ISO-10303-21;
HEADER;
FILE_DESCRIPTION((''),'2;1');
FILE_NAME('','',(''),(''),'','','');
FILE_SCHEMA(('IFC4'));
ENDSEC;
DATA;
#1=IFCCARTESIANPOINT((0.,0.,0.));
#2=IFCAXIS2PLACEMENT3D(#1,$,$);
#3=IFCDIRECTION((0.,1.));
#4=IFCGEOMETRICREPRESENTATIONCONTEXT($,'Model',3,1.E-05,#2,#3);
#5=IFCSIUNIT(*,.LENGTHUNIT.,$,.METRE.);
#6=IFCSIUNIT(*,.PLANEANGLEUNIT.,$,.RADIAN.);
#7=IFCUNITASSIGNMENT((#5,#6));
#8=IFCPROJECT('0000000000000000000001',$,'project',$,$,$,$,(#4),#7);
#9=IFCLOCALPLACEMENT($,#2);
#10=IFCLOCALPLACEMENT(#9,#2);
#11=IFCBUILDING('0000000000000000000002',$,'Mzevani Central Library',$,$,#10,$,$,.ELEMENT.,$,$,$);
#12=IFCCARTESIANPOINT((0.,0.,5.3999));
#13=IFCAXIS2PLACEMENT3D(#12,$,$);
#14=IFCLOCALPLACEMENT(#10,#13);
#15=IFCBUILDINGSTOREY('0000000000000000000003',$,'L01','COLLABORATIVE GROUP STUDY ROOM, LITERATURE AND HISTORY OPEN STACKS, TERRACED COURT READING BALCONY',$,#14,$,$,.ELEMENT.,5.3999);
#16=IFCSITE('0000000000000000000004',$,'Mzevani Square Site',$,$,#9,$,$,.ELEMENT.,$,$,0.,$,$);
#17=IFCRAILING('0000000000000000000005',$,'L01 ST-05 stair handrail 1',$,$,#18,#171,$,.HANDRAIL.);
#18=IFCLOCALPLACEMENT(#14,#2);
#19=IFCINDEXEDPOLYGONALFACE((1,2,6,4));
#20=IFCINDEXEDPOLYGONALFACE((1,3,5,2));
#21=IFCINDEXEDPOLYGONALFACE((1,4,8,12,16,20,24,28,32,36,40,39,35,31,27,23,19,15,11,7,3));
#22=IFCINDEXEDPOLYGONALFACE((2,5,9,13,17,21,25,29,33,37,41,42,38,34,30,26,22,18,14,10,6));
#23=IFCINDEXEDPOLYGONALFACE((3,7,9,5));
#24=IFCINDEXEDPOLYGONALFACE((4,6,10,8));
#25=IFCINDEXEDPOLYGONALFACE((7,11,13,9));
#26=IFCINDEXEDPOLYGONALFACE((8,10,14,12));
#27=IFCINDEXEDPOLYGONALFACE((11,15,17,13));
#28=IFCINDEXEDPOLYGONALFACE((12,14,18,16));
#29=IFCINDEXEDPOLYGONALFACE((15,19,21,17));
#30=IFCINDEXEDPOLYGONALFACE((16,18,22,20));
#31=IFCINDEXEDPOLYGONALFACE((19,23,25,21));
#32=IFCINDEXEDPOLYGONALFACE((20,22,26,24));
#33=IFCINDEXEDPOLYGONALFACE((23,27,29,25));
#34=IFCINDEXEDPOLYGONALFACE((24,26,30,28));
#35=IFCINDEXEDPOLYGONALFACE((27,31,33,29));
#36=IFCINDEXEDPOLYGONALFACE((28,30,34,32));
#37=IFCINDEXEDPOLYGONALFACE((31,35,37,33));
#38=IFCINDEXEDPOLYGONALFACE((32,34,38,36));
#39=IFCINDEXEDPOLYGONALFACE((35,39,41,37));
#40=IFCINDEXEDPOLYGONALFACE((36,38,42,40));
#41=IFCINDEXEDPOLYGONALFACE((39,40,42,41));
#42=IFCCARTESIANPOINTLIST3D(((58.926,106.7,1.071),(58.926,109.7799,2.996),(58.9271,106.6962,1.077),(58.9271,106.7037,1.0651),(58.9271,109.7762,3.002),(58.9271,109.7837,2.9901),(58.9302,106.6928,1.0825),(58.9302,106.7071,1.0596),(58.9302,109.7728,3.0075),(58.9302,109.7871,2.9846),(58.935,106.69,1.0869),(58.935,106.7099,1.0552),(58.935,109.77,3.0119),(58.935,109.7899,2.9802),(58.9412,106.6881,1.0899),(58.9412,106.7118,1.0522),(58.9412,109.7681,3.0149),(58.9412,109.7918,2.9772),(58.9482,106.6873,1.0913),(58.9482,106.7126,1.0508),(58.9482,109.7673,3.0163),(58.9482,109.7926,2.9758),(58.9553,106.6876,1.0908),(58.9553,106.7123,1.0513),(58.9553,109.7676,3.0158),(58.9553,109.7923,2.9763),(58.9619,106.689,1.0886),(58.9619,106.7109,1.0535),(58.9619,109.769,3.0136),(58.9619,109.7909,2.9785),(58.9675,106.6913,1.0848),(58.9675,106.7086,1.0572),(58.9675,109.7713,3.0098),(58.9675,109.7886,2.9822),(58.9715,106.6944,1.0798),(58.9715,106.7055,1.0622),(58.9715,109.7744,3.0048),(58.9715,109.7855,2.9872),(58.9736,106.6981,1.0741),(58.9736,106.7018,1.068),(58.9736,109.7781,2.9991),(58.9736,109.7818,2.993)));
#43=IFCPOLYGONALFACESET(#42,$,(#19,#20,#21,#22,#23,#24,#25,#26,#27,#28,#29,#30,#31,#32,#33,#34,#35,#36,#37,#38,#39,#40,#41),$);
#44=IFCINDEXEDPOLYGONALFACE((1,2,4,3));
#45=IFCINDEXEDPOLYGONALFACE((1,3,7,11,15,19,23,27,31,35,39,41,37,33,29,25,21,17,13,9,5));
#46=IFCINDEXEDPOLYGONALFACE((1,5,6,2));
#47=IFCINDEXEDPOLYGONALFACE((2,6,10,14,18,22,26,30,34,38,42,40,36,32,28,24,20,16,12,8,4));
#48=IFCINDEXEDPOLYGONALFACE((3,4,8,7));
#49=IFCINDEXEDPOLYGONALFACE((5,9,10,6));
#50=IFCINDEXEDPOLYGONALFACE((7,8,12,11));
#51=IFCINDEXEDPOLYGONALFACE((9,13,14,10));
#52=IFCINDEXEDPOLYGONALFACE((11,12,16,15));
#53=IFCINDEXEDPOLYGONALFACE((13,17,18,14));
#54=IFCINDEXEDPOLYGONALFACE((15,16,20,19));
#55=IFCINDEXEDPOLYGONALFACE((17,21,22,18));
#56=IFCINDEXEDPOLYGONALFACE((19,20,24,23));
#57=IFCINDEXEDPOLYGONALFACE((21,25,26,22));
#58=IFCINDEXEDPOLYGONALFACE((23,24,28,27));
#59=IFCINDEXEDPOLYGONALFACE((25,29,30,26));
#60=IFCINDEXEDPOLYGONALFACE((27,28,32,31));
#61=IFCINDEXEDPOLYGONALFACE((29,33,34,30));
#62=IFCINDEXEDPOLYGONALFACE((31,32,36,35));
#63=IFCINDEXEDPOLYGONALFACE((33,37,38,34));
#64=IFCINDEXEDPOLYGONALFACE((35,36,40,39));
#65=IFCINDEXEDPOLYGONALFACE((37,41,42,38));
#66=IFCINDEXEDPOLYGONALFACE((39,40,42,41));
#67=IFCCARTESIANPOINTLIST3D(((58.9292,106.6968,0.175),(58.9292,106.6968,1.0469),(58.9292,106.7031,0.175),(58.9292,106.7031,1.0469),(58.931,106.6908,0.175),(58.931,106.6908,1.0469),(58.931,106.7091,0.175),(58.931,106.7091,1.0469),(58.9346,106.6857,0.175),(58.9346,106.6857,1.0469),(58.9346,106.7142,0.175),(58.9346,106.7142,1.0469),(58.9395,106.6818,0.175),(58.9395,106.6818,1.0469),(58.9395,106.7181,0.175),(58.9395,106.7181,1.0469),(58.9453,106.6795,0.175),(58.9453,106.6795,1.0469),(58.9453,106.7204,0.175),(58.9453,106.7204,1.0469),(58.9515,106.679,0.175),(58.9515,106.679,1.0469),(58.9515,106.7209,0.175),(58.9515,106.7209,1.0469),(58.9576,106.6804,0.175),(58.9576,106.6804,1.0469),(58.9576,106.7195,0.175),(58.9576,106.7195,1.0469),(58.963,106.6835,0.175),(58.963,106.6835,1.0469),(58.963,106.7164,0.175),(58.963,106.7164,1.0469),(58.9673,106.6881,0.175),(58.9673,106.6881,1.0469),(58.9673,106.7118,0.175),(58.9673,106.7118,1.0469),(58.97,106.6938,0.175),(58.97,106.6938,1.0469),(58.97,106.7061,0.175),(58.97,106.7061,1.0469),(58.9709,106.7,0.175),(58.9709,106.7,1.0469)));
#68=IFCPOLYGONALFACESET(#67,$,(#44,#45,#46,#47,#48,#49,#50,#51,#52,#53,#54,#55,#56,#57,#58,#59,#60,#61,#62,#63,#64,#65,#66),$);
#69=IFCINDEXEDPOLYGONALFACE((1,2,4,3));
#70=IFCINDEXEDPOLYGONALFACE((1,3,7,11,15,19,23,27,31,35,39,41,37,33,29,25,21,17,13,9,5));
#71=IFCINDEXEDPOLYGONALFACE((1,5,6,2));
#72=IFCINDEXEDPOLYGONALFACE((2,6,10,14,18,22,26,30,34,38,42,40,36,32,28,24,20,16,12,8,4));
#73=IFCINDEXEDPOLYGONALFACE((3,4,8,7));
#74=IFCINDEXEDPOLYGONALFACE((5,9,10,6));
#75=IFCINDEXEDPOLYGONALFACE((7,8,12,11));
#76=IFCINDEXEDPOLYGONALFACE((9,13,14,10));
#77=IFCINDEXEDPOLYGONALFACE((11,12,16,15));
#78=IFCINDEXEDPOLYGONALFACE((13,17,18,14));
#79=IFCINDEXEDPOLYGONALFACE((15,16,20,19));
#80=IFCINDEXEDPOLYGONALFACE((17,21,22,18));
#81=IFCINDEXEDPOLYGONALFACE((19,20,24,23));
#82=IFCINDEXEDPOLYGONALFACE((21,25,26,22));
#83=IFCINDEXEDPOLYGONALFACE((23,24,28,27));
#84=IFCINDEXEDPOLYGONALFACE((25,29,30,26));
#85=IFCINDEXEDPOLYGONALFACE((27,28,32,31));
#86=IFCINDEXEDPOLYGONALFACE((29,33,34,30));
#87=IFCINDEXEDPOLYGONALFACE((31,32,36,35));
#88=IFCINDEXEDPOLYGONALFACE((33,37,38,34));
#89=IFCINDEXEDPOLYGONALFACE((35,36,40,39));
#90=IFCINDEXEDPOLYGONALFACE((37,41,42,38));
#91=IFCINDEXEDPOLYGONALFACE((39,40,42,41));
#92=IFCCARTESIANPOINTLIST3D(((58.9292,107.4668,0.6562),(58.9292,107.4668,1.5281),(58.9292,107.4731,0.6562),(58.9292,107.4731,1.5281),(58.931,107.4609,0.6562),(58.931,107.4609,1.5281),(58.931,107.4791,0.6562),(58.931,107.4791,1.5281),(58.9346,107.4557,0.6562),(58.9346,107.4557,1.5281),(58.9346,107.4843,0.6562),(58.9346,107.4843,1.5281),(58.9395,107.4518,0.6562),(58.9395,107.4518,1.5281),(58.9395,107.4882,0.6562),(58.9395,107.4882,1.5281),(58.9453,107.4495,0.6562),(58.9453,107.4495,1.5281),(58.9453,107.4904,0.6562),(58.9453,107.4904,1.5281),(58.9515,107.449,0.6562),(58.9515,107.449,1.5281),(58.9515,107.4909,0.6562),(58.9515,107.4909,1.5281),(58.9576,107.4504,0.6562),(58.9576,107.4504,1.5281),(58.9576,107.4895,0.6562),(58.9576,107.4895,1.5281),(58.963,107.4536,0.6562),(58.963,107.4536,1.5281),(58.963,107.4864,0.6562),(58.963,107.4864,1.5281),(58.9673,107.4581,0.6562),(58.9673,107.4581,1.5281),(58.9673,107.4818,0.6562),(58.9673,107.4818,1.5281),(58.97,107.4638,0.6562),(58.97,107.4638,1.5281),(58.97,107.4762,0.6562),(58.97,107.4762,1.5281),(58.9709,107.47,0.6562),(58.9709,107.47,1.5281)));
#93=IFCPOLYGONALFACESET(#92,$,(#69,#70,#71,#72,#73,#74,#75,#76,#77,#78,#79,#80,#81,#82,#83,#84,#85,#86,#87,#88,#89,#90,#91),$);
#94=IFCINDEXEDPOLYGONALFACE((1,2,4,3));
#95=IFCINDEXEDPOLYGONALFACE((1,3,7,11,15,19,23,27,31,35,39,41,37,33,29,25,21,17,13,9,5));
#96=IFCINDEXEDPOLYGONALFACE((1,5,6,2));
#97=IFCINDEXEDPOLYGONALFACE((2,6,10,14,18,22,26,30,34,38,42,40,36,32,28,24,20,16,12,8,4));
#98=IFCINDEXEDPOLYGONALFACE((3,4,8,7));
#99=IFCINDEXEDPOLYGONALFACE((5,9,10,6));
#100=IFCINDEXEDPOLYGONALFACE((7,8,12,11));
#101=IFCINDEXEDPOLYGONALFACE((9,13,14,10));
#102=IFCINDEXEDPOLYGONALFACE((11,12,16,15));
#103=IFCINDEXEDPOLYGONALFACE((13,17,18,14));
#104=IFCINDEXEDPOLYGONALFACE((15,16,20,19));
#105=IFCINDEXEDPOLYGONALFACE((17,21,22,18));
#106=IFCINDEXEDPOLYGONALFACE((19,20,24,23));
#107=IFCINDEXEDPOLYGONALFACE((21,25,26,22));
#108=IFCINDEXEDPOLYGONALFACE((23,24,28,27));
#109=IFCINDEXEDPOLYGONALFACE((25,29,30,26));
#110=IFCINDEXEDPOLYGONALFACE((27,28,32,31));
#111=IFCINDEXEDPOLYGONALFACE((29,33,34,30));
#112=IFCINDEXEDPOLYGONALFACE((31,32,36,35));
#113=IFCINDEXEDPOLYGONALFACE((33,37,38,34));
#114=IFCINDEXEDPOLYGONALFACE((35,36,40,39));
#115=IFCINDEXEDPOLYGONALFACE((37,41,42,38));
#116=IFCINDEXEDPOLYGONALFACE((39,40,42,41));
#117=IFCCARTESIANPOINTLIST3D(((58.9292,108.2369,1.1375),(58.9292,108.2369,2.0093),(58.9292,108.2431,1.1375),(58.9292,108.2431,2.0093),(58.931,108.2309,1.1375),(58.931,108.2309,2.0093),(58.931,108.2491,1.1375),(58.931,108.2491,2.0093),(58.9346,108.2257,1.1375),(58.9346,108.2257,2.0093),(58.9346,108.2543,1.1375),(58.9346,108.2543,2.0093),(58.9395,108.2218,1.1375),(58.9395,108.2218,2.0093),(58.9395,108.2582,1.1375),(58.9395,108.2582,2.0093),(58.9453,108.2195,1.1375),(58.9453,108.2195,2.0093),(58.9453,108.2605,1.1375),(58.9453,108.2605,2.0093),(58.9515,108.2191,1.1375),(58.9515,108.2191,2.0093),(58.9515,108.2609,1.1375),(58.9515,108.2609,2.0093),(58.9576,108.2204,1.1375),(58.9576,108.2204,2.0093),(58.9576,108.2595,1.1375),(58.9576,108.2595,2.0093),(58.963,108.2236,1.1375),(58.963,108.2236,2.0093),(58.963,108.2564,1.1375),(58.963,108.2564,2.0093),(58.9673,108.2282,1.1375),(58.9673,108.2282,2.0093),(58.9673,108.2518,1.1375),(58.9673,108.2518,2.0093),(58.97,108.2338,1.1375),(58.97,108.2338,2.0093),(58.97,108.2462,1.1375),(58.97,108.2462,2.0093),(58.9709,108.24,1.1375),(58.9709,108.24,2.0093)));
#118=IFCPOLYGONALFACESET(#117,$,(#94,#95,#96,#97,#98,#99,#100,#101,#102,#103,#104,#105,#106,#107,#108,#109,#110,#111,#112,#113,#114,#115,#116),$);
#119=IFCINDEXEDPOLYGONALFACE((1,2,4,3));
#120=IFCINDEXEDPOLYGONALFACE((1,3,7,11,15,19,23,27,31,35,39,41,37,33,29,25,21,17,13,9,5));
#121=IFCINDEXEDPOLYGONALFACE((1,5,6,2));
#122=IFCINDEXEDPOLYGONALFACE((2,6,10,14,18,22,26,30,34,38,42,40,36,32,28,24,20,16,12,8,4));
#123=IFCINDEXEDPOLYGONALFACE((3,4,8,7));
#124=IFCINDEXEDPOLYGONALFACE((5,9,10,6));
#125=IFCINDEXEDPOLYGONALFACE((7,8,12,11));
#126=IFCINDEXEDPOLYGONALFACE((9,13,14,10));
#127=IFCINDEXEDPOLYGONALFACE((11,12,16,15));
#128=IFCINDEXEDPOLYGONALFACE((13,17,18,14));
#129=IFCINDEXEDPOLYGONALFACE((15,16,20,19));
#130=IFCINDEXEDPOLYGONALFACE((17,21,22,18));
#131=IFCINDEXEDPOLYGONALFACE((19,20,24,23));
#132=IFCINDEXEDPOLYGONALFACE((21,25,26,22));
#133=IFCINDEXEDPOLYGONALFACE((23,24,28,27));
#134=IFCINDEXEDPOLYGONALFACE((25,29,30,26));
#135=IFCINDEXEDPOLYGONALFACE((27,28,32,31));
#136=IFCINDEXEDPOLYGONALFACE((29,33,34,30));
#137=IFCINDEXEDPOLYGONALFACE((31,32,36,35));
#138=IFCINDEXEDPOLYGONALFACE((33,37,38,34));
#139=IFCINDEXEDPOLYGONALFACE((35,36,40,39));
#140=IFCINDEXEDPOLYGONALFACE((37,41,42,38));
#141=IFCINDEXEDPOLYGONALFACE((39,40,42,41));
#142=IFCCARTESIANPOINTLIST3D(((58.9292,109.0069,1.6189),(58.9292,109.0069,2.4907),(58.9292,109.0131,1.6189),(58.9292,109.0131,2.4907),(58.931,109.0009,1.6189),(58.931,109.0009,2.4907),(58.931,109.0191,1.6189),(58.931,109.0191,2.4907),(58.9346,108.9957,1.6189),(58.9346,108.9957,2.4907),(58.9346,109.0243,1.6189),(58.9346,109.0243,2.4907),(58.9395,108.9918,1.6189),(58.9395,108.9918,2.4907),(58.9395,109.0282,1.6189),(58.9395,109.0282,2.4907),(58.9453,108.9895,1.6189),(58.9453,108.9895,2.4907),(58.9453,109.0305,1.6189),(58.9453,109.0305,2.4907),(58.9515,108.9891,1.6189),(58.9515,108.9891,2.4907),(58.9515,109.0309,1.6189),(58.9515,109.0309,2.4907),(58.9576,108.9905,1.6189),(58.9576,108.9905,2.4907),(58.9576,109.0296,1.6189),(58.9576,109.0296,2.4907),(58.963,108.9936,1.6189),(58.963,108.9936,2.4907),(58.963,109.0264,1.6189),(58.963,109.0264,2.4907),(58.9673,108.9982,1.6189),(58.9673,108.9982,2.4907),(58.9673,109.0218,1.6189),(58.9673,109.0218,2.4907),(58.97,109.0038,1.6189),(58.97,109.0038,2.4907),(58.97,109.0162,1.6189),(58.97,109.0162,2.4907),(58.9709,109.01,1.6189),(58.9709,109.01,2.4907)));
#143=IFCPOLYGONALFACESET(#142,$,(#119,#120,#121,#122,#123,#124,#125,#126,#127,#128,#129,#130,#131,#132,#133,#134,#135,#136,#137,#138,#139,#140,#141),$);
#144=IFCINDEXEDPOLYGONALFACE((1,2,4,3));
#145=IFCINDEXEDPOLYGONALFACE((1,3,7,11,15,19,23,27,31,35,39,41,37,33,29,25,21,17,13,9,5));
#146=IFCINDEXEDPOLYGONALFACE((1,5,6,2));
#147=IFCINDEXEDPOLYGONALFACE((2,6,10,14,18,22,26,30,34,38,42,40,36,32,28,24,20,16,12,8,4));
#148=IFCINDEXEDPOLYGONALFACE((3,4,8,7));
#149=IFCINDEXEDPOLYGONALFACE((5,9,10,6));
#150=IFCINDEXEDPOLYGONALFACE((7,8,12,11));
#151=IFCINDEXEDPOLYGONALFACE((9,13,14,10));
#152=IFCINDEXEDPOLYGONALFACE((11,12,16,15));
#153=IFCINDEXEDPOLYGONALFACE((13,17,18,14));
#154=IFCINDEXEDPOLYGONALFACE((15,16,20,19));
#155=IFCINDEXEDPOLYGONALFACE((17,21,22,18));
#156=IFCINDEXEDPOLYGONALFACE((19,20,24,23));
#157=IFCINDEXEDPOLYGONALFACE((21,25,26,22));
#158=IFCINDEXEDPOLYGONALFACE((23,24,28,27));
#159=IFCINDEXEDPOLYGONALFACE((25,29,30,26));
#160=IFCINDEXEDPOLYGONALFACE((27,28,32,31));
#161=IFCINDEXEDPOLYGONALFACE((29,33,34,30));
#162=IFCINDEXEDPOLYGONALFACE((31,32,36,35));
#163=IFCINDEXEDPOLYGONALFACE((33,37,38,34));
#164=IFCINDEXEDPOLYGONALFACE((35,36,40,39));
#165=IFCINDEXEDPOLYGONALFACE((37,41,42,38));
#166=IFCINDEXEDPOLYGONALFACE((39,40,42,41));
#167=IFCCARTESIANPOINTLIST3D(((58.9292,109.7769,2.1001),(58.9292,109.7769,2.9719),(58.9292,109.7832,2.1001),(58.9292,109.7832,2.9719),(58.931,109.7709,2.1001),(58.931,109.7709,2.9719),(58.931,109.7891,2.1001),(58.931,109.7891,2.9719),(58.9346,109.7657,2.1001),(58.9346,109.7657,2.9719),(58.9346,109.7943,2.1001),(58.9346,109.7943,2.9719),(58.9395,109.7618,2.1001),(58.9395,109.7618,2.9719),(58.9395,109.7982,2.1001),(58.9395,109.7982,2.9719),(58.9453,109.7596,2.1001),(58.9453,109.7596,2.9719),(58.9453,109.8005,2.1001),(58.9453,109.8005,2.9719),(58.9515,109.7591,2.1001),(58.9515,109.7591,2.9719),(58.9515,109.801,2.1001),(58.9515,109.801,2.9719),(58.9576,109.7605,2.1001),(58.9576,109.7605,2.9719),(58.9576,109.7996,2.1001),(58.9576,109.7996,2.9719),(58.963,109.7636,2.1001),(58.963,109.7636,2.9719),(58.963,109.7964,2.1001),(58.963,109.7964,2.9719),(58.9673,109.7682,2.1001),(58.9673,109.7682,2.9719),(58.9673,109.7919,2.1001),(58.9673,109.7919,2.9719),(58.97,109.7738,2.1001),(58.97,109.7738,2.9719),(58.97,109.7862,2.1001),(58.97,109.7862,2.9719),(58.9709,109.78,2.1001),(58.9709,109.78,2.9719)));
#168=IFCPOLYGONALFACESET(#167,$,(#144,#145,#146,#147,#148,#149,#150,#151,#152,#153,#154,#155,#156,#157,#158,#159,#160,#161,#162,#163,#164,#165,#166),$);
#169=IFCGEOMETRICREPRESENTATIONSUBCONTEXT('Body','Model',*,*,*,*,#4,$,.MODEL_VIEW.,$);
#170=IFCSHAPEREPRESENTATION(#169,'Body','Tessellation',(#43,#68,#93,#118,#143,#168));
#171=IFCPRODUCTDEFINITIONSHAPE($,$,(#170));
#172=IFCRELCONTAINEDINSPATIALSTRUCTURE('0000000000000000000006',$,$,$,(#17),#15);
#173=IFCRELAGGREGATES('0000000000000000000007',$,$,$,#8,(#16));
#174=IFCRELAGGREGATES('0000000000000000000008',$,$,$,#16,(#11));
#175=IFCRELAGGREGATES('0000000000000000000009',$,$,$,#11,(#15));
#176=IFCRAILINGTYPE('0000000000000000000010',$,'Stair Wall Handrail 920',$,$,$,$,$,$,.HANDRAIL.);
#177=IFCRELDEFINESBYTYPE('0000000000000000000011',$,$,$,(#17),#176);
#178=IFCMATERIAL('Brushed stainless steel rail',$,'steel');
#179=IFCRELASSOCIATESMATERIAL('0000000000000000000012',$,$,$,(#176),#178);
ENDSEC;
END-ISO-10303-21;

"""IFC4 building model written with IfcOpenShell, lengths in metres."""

from ifc_helpers import new_model, si_unit, direction, frame, origin, origin_2d, place, context, subcontext, project, spatial, circle, extrude, material, type_object, element, save


model = new_model("IFC4")

# Units and contexts
model_context = context("Model", 3, precision=1e-05, world=origin(), true_north=direction((0.0, 1.0)))
body_context = subcontext(model_context, "Body", "Model", "MODEL_VIEW")
ifc_project = project(units=[si_unit("LENGTHUNIT", "METRE"), si_unit("PLANEANGLEUNIT", "RADIAN")], contexts=[model_context])

# Site, building, storey
site_placement = place(None, origin())
site = spatial("IfcSite", under=ifc_project, at=site_placement, Name="Mzevani Square Site", CompositionType="ELEMENT", RefElevation=0.0)
building_placement = place(site_placement, origin())
building = spatial("IfcBuilding", under=site, at=building_placement, Name="Mzevani Central Library", CompositionType="ELEMENT")
storey_placement = place(building_placement, frame((0.0, 0.0, 5.3999)))
storey = spatial("IfcBuildingStorey", under=building, at=storey_placement, Name="L01", Description="COLLABORATIVE GROUP STUDY ROOM, LITERATURE AND HISTORY OPEN STACKS, TERRACED COURT READING BALCONY", CompositionType="ELEMENT", Elevation=5.3999)

# Shared definitions
ifc_material_1 = material(Name="Brushed stainless steel rail", Category="steel")

# Railing
railing_type_1 = type_object("IfcRailingType", Name="Stair Wall Handrail 920", PredefinedType="HANDRAIL", material=ifc_material_1)
railing_1_placement = place(storey_placement, frame((58.95, 106.7, 0.175)))
element("IfcRailing", 1, at=railing_1_placement, inside=storey, type_object=railing_type_1, Name="L01 ST-05 stair handrail 1", PredefinedType="HANDRAIL", context=body_context, shape_type="SweptSolid", body=[
    extrude(circle(Radius=0.0239, at=origin_2d()), frame((0.0, 0.0, 0.896), z_axis=(0.0, 0.847998, 0.529999), x_axis=(-1.0, 0.0, 0.0)), (0.0, 0.0, 1.0), 3.6321),
    extrude(circle(Radius=0.021, at=origin_2d()), origin(), (0.0, 0.0, 1.0), 0.8718),
    extrude(circle(Radius=0.021, at=origin_2d()), frame((0.0, 0.77, 0.4812)), (0.0, 0.0, 1.0), 0.8718),
    extrude(circle(Radius=0.021, at=origin_2d()), frame((0.0, 1.54, 0.9624)), (0.0, 0.0, 1.0), 0.8718),
    extrude(circle(Radius=0.021, at=origin_2d()), frame((0.0, 2.3101, 1.4438)), (0.0, 0.0, 1.0), 0.8718),
    extrude(circle(Radius=0.021, at=origin_2d()), frame((0.0, 3.0801, 1.925)), (0.0, 0.0, 1.0), 0.8718),
])

save(model, "model.ifc")
